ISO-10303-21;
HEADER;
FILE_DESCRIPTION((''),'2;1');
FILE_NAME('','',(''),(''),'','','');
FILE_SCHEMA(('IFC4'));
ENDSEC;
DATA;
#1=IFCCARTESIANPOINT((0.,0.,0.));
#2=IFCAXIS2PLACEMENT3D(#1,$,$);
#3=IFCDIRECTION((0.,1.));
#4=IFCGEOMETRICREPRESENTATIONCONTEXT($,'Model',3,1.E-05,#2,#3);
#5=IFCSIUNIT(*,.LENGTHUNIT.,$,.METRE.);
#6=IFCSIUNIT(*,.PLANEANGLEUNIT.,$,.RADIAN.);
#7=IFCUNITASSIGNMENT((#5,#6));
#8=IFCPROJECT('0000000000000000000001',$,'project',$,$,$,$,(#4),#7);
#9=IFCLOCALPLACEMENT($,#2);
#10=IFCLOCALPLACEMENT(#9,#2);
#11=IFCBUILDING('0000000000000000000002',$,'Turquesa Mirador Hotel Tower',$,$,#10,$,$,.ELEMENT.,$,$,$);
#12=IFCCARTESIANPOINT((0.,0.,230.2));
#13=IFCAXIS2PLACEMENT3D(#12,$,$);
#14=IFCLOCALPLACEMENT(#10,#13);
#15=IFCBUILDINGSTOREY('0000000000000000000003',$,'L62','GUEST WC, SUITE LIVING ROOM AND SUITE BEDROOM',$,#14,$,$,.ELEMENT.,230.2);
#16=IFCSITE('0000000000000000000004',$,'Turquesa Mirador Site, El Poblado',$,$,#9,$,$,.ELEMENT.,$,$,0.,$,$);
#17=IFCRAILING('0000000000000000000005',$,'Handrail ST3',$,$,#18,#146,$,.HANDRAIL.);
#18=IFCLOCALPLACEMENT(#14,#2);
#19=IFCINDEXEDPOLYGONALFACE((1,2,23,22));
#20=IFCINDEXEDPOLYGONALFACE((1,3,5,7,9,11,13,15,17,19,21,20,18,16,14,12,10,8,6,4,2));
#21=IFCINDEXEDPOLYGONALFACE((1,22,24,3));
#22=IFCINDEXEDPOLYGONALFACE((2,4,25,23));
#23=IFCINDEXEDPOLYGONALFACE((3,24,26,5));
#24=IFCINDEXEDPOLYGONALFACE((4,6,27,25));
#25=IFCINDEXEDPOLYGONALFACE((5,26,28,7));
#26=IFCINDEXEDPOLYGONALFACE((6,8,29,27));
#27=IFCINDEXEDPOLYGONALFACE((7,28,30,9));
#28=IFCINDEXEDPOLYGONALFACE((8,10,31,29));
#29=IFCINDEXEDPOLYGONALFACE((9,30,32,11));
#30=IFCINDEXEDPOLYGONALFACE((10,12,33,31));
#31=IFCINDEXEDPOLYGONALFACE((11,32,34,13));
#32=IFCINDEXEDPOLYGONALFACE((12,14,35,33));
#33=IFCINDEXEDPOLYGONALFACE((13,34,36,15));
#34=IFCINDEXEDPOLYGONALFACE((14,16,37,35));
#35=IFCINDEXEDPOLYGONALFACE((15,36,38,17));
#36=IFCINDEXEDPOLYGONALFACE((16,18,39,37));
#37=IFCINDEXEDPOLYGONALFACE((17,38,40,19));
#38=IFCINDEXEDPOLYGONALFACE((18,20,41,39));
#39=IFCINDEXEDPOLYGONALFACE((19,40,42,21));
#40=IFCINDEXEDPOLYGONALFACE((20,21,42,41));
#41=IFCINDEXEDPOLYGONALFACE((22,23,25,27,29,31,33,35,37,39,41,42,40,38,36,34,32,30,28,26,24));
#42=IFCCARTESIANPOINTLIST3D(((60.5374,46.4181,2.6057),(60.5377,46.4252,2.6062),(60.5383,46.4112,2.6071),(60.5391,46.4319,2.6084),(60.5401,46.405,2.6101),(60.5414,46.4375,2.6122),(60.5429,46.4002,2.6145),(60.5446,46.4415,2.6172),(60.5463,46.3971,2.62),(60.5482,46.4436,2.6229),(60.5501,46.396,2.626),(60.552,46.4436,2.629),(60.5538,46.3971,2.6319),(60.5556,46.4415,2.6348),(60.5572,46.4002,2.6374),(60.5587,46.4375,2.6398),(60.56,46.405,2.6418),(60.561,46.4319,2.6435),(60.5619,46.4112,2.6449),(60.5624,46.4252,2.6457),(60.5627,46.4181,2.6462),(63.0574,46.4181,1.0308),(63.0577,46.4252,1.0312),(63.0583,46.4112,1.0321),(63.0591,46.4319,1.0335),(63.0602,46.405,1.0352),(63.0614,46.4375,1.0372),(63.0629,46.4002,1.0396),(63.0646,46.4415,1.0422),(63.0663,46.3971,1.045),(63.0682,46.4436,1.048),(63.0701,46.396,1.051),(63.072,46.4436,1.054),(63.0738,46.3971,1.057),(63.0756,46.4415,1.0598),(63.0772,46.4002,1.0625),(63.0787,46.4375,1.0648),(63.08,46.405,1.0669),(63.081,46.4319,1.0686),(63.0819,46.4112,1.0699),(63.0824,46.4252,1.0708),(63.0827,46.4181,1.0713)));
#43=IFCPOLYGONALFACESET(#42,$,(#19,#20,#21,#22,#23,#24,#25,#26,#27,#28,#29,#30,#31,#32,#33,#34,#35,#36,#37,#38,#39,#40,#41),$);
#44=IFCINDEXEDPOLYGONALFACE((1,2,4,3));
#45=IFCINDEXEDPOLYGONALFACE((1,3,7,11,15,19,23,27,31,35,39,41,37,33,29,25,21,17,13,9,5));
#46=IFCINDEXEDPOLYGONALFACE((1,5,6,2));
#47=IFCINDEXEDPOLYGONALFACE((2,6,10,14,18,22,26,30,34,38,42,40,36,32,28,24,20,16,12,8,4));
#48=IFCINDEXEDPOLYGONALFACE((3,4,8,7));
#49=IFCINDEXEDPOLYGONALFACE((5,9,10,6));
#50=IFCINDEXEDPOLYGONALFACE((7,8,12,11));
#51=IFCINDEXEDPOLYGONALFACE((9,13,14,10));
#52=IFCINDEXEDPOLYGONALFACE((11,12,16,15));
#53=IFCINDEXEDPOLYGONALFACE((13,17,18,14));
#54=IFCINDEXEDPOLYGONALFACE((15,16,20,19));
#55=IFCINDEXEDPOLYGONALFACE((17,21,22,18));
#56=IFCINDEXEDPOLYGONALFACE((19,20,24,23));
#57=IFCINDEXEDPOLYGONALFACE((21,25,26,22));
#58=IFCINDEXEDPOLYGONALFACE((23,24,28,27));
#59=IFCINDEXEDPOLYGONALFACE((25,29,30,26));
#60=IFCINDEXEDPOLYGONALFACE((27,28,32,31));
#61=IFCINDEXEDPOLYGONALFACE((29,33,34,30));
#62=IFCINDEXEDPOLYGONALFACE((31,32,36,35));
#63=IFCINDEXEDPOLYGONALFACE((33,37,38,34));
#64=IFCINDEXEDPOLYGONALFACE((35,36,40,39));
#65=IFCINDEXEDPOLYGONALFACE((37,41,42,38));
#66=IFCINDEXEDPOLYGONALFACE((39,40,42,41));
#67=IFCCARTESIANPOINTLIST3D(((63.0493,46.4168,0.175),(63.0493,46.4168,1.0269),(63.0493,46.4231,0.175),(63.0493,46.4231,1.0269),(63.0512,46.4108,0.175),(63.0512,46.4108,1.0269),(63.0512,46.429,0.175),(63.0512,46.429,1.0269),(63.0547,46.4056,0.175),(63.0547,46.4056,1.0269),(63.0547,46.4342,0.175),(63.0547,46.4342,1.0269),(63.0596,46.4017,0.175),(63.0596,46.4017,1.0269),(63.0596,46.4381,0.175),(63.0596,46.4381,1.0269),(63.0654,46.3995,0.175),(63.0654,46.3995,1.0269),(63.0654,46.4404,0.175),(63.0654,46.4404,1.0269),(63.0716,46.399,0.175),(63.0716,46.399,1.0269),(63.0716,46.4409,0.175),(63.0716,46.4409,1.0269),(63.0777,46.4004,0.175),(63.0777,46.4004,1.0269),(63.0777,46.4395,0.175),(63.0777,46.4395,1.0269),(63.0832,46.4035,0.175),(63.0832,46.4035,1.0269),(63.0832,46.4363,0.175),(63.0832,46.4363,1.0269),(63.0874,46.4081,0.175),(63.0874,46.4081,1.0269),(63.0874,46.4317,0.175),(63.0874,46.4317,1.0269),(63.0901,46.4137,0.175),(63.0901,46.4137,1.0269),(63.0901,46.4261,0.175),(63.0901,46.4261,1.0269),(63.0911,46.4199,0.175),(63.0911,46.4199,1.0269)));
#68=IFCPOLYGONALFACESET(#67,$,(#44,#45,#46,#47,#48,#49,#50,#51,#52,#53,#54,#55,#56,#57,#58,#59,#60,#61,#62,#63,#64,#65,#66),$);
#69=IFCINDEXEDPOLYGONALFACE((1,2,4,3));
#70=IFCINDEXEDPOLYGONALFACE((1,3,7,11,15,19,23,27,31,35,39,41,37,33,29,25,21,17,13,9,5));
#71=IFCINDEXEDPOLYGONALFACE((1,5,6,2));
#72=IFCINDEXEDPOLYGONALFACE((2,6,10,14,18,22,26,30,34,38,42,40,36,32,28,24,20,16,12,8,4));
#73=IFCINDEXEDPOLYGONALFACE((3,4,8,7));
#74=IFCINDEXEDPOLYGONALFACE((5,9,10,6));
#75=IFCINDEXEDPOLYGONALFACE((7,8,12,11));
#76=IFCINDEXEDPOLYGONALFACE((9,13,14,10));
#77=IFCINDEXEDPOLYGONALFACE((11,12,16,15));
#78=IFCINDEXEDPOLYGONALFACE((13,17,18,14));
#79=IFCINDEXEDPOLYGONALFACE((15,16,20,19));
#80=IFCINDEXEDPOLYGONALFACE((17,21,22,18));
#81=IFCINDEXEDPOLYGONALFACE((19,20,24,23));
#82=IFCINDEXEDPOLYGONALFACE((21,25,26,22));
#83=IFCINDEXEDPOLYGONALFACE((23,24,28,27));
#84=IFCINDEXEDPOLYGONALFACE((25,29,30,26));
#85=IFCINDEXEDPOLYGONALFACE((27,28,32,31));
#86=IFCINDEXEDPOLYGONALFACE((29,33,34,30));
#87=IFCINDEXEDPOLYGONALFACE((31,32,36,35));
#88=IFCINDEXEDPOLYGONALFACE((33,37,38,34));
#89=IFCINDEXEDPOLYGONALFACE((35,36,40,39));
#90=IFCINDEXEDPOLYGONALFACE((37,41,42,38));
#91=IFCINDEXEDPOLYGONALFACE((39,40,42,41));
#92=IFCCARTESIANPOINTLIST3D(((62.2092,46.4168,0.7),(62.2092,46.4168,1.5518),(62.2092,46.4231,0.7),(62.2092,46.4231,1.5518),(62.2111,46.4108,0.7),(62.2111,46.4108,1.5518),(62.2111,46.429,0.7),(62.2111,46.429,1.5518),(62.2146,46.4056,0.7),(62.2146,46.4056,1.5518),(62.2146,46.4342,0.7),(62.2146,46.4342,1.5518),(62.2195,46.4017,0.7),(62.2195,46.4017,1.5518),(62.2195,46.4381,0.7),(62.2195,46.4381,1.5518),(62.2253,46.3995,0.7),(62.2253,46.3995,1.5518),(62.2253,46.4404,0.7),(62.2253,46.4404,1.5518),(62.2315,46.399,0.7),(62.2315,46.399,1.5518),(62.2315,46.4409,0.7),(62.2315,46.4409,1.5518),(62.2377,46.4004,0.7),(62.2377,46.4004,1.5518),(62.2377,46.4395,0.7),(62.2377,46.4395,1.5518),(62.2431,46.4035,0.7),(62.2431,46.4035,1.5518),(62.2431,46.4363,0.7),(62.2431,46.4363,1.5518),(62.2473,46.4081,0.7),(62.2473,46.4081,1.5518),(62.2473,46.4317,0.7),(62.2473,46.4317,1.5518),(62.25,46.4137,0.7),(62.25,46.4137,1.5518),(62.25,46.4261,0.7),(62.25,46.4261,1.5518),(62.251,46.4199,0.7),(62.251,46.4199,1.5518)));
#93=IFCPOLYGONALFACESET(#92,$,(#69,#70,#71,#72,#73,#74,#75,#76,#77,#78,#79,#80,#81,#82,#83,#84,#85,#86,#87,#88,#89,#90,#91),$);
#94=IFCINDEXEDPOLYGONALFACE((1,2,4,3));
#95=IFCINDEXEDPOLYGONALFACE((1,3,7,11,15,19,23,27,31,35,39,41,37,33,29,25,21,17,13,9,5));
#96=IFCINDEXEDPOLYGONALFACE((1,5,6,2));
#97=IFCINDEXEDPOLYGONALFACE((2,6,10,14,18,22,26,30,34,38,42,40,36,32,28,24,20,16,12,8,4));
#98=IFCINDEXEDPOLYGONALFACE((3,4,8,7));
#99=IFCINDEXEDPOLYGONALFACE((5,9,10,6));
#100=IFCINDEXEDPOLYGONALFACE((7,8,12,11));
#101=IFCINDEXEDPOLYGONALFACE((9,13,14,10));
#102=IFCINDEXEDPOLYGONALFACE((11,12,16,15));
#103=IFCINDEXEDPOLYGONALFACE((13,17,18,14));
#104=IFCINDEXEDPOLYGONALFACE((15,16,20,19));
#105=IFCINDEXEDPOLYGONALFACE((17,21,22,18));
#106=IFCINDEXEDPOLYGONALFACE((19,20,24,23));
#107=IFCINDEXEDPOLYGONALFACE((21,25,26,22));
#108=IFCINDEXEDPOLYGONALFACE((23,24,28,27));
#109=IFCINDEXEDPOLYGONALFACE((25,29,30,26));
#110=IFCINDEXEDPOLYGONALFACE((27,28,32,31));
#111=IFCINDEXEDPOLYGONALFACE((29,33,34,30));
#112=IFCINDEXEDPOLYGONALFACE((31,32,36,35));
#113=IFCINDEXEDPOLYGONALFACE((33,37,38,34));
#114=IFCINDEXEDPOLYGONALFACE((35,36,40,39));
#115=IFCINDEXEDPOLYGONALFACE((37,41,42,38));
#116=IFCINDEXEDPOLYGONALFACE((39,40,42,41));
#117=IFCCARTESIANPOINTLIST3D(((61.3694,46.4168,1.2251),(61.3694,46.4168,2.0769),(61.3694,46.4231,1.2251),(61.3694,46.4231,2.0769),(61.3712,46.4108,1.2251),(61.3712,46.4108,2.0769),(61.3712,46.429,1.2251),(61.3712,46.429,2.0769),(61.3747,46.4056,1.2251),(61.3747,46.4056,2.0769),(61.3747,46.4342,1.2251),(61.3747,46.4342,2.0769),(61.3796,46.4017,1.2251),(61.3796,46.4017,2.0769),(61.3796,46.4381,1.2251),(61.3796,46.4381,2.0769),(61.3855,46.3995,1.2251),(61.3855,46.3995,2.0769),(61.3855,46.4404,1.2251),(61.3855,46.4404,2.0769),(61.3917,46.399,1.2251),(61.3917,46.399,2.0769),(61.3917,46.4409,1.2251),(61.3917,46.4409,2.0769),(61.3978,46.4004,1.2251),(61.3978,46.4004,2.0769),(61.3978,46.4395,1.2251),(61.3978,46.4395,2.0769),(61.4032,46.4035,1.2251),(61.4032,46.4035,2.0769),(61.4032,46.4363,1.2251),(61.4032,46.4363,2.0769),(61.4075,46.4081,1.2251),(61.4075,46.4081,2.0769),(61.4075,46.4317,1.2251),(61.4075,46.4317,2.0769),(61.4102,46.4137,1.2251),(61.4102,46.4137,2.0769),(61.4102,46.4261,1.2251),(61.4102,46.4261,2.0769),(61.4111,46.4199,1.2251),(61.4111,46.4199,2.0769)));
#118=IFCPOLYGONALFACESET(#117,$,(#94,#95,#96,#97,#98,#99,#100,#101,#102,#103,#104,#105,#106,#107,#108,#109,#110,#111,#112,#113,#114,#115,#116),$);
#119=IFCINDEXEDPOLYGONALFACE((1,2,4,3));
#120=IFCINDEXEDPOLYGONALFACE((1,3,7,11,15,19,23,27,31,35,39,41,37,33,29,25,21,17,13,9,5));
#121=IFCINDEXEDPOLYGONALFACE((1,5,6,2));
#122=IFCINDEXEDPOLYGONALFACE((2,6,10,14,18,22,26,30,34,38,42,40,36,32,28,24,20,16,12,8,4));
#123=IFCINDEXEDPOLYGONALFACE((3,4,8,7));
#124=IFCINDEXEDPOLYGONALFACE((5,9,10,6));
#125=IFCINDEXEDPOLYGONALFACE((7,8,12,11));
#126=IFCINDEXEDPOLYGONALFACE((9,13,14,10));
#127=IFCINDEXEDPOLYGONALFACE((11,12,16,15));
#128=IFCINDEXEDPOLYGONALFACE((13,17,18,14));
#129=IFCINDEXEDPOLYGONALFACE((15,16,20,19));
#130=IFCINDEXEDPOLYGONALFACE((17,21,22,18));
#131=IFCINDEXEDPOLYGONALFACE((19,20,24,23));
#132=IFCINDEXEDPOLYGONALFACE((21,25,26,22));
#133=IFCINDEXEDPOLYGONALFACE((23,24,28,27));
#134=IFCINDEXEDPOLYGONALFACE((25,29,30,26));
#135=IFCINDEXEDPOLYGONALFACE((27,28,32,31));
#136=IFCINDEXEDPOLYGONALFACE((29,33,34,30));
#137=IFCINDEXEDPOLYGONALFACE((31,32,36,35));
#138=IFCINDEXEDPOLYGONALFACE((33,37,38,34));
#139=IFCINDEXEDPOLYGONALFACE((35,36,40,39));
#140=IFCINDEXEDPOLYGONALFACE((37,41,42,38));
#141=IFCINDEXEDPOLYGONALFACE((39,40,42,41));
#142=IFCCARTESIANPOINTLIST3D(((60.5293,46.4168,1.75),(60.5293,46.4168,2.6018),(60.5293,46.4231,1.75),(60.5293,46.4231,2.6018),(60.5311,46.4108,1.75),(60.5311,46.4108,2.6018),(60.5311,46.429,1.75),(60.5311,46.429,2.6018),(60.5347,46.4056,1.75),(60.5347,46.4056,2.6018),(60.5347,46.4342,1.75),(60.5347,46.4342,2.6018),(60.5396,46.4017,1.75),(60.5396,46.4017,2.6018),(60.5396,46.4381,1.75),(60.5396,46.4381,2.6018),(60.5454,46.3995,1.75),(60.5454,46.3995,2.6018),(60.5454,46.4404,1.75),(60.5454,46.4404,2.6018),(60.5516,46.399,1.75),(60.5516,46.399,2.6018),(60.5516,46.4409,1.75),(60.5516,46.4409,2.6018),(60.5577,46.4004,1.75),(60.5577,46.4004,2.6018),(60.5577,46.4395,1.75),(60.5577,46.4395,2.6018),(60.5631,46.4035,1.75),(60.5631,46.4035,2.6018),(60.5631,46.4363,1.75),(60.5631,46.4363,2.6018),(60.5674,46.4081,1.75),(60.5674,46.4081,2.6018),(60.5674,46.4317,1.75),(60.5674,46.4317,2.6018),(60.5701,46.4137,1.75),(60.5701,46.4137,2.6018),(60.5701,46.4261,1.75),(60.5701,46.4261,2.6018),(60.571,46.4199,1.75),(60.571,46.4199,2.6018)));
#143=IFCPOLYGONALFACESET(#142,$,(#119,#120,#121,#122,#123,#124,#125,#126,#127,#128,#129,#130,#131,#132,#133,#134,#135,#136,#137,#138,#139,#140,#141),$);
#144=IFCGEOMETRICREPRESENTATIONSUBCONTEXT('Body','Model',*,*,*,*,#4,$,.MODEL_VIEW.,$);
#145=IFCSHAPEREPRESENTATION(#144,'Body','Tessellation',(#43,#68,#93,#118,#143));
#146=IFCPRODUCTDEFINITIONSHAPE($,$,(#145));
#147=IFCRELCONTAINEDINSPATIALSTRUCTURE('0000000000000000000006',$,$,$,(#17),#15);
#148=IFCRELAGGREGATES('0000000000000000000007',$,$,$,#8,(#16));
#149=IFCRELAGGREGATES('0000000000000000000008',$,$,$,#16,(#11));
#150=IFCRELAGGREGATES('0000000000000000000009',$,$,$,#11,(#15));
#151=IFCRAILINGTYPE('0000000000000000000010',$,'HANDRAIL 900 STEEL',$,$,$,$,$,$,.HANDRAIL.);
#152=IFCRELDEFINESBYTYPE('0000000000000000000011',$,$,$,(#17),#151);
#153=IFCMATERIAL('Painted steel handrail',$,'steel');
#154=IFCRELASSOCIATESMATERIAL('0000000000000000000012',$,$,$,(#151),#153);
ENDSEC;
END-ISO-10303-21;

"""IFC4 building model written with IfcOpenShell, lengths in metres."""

from ifc_helpers import new_model, si_unit, direction, frame, origin, origin_2d, place, context, subcontext, project, spatial, circle, extrude, material, type_object, element, save


model = new_model("IFC4")

# Units and contexts
model_context = context("Model", 3, precision=1e-05, world=origin(), true_north=direction((0.0, 1.0)))
body_context = subcontext(model_context, "Body", "Model", "MODEL_VIEW")
ifc_project = project(units=[si_unit("LENGTHUNIT", "METRE"), si_unit("PLANEANGLEUNIT", "RADIAN")], contexts=[model_context])

# Site, building, storey
site_placement = place(None, origin())
site = spatial("IfcSite", under=ifc_project, at=site_placement, Name="Turquesa Mirador Site, El Poblado", CompositionType="ELEMENT", RefElevation=0.0)
building_placement = place(site_placement, origin())
building = spatial("IfcBuilding", under=site, at=building_placement, Name="Turquesa Mirador Hotel Tower", CompositionType="ELEMENT")
storey_placement = place(building_placement, frame((0.0, 0.0, 230.2)))
storey = spatial("IfcBuildingStorey", under=building, at=storey_placement, Name="L62", Description="GUEST WC, SUITE LIVING ROOM AND SUITE BEDROOM", CompositionType="ELEMENT", Elevation=230.2)

# Railing
ifc_material_1 = material(Name="Painted steel handrail", Category="steel")
railing_type = type_object("IfcRailingType", Name="HANDRAIL 900 STEEL", PredefinedType="HANDRAIL", material=ifc_material_1)
railing_1_placement = place(storey_placement, frame((63.0701, 46.4199, 0.175)))
element("IfcRailing", 1, at=railing_1_placement, inside=storey, type_object=railing_type, Name="Handrail ST3", PredefinedType="HANDRAIL", context=body_context, shape_type="SweptSolid", body=[
    extrude(circle(Radius=0.0239, at=origin_2d()), frame((0.0, 0.0, 0.876), z_axis=(-0.848008, 0.0, 0.529984), x_axis=(0.0, -1.0, 0.0)), (0.0, 0.0, 1.0), 2.9717),
    extrude(circle(Radius=0.021, at=origin_2d()), origin(), (0.0, 0.0, 1.0), 0.8518),
    extrude(circle(Radius=0.021, at=origin_2d()), frame((-0.8401, 0.0, 0.5249)), (0.0, 0.0, 1.0), 0.8518),
    extrude(circle(Radius=0.021, at=origin_2d()), frame((-1.6799, 0.0, 1.05)), (0.0, 0.0, 1.0), 0.8518),
    extrude(circle(Radius=0.021, at=origin_2d()), frame((-2.52, 0.0, 1.575)), (0.0, 0.0, 1.0), 0.8518),
])

save(model, "model.ifc")
